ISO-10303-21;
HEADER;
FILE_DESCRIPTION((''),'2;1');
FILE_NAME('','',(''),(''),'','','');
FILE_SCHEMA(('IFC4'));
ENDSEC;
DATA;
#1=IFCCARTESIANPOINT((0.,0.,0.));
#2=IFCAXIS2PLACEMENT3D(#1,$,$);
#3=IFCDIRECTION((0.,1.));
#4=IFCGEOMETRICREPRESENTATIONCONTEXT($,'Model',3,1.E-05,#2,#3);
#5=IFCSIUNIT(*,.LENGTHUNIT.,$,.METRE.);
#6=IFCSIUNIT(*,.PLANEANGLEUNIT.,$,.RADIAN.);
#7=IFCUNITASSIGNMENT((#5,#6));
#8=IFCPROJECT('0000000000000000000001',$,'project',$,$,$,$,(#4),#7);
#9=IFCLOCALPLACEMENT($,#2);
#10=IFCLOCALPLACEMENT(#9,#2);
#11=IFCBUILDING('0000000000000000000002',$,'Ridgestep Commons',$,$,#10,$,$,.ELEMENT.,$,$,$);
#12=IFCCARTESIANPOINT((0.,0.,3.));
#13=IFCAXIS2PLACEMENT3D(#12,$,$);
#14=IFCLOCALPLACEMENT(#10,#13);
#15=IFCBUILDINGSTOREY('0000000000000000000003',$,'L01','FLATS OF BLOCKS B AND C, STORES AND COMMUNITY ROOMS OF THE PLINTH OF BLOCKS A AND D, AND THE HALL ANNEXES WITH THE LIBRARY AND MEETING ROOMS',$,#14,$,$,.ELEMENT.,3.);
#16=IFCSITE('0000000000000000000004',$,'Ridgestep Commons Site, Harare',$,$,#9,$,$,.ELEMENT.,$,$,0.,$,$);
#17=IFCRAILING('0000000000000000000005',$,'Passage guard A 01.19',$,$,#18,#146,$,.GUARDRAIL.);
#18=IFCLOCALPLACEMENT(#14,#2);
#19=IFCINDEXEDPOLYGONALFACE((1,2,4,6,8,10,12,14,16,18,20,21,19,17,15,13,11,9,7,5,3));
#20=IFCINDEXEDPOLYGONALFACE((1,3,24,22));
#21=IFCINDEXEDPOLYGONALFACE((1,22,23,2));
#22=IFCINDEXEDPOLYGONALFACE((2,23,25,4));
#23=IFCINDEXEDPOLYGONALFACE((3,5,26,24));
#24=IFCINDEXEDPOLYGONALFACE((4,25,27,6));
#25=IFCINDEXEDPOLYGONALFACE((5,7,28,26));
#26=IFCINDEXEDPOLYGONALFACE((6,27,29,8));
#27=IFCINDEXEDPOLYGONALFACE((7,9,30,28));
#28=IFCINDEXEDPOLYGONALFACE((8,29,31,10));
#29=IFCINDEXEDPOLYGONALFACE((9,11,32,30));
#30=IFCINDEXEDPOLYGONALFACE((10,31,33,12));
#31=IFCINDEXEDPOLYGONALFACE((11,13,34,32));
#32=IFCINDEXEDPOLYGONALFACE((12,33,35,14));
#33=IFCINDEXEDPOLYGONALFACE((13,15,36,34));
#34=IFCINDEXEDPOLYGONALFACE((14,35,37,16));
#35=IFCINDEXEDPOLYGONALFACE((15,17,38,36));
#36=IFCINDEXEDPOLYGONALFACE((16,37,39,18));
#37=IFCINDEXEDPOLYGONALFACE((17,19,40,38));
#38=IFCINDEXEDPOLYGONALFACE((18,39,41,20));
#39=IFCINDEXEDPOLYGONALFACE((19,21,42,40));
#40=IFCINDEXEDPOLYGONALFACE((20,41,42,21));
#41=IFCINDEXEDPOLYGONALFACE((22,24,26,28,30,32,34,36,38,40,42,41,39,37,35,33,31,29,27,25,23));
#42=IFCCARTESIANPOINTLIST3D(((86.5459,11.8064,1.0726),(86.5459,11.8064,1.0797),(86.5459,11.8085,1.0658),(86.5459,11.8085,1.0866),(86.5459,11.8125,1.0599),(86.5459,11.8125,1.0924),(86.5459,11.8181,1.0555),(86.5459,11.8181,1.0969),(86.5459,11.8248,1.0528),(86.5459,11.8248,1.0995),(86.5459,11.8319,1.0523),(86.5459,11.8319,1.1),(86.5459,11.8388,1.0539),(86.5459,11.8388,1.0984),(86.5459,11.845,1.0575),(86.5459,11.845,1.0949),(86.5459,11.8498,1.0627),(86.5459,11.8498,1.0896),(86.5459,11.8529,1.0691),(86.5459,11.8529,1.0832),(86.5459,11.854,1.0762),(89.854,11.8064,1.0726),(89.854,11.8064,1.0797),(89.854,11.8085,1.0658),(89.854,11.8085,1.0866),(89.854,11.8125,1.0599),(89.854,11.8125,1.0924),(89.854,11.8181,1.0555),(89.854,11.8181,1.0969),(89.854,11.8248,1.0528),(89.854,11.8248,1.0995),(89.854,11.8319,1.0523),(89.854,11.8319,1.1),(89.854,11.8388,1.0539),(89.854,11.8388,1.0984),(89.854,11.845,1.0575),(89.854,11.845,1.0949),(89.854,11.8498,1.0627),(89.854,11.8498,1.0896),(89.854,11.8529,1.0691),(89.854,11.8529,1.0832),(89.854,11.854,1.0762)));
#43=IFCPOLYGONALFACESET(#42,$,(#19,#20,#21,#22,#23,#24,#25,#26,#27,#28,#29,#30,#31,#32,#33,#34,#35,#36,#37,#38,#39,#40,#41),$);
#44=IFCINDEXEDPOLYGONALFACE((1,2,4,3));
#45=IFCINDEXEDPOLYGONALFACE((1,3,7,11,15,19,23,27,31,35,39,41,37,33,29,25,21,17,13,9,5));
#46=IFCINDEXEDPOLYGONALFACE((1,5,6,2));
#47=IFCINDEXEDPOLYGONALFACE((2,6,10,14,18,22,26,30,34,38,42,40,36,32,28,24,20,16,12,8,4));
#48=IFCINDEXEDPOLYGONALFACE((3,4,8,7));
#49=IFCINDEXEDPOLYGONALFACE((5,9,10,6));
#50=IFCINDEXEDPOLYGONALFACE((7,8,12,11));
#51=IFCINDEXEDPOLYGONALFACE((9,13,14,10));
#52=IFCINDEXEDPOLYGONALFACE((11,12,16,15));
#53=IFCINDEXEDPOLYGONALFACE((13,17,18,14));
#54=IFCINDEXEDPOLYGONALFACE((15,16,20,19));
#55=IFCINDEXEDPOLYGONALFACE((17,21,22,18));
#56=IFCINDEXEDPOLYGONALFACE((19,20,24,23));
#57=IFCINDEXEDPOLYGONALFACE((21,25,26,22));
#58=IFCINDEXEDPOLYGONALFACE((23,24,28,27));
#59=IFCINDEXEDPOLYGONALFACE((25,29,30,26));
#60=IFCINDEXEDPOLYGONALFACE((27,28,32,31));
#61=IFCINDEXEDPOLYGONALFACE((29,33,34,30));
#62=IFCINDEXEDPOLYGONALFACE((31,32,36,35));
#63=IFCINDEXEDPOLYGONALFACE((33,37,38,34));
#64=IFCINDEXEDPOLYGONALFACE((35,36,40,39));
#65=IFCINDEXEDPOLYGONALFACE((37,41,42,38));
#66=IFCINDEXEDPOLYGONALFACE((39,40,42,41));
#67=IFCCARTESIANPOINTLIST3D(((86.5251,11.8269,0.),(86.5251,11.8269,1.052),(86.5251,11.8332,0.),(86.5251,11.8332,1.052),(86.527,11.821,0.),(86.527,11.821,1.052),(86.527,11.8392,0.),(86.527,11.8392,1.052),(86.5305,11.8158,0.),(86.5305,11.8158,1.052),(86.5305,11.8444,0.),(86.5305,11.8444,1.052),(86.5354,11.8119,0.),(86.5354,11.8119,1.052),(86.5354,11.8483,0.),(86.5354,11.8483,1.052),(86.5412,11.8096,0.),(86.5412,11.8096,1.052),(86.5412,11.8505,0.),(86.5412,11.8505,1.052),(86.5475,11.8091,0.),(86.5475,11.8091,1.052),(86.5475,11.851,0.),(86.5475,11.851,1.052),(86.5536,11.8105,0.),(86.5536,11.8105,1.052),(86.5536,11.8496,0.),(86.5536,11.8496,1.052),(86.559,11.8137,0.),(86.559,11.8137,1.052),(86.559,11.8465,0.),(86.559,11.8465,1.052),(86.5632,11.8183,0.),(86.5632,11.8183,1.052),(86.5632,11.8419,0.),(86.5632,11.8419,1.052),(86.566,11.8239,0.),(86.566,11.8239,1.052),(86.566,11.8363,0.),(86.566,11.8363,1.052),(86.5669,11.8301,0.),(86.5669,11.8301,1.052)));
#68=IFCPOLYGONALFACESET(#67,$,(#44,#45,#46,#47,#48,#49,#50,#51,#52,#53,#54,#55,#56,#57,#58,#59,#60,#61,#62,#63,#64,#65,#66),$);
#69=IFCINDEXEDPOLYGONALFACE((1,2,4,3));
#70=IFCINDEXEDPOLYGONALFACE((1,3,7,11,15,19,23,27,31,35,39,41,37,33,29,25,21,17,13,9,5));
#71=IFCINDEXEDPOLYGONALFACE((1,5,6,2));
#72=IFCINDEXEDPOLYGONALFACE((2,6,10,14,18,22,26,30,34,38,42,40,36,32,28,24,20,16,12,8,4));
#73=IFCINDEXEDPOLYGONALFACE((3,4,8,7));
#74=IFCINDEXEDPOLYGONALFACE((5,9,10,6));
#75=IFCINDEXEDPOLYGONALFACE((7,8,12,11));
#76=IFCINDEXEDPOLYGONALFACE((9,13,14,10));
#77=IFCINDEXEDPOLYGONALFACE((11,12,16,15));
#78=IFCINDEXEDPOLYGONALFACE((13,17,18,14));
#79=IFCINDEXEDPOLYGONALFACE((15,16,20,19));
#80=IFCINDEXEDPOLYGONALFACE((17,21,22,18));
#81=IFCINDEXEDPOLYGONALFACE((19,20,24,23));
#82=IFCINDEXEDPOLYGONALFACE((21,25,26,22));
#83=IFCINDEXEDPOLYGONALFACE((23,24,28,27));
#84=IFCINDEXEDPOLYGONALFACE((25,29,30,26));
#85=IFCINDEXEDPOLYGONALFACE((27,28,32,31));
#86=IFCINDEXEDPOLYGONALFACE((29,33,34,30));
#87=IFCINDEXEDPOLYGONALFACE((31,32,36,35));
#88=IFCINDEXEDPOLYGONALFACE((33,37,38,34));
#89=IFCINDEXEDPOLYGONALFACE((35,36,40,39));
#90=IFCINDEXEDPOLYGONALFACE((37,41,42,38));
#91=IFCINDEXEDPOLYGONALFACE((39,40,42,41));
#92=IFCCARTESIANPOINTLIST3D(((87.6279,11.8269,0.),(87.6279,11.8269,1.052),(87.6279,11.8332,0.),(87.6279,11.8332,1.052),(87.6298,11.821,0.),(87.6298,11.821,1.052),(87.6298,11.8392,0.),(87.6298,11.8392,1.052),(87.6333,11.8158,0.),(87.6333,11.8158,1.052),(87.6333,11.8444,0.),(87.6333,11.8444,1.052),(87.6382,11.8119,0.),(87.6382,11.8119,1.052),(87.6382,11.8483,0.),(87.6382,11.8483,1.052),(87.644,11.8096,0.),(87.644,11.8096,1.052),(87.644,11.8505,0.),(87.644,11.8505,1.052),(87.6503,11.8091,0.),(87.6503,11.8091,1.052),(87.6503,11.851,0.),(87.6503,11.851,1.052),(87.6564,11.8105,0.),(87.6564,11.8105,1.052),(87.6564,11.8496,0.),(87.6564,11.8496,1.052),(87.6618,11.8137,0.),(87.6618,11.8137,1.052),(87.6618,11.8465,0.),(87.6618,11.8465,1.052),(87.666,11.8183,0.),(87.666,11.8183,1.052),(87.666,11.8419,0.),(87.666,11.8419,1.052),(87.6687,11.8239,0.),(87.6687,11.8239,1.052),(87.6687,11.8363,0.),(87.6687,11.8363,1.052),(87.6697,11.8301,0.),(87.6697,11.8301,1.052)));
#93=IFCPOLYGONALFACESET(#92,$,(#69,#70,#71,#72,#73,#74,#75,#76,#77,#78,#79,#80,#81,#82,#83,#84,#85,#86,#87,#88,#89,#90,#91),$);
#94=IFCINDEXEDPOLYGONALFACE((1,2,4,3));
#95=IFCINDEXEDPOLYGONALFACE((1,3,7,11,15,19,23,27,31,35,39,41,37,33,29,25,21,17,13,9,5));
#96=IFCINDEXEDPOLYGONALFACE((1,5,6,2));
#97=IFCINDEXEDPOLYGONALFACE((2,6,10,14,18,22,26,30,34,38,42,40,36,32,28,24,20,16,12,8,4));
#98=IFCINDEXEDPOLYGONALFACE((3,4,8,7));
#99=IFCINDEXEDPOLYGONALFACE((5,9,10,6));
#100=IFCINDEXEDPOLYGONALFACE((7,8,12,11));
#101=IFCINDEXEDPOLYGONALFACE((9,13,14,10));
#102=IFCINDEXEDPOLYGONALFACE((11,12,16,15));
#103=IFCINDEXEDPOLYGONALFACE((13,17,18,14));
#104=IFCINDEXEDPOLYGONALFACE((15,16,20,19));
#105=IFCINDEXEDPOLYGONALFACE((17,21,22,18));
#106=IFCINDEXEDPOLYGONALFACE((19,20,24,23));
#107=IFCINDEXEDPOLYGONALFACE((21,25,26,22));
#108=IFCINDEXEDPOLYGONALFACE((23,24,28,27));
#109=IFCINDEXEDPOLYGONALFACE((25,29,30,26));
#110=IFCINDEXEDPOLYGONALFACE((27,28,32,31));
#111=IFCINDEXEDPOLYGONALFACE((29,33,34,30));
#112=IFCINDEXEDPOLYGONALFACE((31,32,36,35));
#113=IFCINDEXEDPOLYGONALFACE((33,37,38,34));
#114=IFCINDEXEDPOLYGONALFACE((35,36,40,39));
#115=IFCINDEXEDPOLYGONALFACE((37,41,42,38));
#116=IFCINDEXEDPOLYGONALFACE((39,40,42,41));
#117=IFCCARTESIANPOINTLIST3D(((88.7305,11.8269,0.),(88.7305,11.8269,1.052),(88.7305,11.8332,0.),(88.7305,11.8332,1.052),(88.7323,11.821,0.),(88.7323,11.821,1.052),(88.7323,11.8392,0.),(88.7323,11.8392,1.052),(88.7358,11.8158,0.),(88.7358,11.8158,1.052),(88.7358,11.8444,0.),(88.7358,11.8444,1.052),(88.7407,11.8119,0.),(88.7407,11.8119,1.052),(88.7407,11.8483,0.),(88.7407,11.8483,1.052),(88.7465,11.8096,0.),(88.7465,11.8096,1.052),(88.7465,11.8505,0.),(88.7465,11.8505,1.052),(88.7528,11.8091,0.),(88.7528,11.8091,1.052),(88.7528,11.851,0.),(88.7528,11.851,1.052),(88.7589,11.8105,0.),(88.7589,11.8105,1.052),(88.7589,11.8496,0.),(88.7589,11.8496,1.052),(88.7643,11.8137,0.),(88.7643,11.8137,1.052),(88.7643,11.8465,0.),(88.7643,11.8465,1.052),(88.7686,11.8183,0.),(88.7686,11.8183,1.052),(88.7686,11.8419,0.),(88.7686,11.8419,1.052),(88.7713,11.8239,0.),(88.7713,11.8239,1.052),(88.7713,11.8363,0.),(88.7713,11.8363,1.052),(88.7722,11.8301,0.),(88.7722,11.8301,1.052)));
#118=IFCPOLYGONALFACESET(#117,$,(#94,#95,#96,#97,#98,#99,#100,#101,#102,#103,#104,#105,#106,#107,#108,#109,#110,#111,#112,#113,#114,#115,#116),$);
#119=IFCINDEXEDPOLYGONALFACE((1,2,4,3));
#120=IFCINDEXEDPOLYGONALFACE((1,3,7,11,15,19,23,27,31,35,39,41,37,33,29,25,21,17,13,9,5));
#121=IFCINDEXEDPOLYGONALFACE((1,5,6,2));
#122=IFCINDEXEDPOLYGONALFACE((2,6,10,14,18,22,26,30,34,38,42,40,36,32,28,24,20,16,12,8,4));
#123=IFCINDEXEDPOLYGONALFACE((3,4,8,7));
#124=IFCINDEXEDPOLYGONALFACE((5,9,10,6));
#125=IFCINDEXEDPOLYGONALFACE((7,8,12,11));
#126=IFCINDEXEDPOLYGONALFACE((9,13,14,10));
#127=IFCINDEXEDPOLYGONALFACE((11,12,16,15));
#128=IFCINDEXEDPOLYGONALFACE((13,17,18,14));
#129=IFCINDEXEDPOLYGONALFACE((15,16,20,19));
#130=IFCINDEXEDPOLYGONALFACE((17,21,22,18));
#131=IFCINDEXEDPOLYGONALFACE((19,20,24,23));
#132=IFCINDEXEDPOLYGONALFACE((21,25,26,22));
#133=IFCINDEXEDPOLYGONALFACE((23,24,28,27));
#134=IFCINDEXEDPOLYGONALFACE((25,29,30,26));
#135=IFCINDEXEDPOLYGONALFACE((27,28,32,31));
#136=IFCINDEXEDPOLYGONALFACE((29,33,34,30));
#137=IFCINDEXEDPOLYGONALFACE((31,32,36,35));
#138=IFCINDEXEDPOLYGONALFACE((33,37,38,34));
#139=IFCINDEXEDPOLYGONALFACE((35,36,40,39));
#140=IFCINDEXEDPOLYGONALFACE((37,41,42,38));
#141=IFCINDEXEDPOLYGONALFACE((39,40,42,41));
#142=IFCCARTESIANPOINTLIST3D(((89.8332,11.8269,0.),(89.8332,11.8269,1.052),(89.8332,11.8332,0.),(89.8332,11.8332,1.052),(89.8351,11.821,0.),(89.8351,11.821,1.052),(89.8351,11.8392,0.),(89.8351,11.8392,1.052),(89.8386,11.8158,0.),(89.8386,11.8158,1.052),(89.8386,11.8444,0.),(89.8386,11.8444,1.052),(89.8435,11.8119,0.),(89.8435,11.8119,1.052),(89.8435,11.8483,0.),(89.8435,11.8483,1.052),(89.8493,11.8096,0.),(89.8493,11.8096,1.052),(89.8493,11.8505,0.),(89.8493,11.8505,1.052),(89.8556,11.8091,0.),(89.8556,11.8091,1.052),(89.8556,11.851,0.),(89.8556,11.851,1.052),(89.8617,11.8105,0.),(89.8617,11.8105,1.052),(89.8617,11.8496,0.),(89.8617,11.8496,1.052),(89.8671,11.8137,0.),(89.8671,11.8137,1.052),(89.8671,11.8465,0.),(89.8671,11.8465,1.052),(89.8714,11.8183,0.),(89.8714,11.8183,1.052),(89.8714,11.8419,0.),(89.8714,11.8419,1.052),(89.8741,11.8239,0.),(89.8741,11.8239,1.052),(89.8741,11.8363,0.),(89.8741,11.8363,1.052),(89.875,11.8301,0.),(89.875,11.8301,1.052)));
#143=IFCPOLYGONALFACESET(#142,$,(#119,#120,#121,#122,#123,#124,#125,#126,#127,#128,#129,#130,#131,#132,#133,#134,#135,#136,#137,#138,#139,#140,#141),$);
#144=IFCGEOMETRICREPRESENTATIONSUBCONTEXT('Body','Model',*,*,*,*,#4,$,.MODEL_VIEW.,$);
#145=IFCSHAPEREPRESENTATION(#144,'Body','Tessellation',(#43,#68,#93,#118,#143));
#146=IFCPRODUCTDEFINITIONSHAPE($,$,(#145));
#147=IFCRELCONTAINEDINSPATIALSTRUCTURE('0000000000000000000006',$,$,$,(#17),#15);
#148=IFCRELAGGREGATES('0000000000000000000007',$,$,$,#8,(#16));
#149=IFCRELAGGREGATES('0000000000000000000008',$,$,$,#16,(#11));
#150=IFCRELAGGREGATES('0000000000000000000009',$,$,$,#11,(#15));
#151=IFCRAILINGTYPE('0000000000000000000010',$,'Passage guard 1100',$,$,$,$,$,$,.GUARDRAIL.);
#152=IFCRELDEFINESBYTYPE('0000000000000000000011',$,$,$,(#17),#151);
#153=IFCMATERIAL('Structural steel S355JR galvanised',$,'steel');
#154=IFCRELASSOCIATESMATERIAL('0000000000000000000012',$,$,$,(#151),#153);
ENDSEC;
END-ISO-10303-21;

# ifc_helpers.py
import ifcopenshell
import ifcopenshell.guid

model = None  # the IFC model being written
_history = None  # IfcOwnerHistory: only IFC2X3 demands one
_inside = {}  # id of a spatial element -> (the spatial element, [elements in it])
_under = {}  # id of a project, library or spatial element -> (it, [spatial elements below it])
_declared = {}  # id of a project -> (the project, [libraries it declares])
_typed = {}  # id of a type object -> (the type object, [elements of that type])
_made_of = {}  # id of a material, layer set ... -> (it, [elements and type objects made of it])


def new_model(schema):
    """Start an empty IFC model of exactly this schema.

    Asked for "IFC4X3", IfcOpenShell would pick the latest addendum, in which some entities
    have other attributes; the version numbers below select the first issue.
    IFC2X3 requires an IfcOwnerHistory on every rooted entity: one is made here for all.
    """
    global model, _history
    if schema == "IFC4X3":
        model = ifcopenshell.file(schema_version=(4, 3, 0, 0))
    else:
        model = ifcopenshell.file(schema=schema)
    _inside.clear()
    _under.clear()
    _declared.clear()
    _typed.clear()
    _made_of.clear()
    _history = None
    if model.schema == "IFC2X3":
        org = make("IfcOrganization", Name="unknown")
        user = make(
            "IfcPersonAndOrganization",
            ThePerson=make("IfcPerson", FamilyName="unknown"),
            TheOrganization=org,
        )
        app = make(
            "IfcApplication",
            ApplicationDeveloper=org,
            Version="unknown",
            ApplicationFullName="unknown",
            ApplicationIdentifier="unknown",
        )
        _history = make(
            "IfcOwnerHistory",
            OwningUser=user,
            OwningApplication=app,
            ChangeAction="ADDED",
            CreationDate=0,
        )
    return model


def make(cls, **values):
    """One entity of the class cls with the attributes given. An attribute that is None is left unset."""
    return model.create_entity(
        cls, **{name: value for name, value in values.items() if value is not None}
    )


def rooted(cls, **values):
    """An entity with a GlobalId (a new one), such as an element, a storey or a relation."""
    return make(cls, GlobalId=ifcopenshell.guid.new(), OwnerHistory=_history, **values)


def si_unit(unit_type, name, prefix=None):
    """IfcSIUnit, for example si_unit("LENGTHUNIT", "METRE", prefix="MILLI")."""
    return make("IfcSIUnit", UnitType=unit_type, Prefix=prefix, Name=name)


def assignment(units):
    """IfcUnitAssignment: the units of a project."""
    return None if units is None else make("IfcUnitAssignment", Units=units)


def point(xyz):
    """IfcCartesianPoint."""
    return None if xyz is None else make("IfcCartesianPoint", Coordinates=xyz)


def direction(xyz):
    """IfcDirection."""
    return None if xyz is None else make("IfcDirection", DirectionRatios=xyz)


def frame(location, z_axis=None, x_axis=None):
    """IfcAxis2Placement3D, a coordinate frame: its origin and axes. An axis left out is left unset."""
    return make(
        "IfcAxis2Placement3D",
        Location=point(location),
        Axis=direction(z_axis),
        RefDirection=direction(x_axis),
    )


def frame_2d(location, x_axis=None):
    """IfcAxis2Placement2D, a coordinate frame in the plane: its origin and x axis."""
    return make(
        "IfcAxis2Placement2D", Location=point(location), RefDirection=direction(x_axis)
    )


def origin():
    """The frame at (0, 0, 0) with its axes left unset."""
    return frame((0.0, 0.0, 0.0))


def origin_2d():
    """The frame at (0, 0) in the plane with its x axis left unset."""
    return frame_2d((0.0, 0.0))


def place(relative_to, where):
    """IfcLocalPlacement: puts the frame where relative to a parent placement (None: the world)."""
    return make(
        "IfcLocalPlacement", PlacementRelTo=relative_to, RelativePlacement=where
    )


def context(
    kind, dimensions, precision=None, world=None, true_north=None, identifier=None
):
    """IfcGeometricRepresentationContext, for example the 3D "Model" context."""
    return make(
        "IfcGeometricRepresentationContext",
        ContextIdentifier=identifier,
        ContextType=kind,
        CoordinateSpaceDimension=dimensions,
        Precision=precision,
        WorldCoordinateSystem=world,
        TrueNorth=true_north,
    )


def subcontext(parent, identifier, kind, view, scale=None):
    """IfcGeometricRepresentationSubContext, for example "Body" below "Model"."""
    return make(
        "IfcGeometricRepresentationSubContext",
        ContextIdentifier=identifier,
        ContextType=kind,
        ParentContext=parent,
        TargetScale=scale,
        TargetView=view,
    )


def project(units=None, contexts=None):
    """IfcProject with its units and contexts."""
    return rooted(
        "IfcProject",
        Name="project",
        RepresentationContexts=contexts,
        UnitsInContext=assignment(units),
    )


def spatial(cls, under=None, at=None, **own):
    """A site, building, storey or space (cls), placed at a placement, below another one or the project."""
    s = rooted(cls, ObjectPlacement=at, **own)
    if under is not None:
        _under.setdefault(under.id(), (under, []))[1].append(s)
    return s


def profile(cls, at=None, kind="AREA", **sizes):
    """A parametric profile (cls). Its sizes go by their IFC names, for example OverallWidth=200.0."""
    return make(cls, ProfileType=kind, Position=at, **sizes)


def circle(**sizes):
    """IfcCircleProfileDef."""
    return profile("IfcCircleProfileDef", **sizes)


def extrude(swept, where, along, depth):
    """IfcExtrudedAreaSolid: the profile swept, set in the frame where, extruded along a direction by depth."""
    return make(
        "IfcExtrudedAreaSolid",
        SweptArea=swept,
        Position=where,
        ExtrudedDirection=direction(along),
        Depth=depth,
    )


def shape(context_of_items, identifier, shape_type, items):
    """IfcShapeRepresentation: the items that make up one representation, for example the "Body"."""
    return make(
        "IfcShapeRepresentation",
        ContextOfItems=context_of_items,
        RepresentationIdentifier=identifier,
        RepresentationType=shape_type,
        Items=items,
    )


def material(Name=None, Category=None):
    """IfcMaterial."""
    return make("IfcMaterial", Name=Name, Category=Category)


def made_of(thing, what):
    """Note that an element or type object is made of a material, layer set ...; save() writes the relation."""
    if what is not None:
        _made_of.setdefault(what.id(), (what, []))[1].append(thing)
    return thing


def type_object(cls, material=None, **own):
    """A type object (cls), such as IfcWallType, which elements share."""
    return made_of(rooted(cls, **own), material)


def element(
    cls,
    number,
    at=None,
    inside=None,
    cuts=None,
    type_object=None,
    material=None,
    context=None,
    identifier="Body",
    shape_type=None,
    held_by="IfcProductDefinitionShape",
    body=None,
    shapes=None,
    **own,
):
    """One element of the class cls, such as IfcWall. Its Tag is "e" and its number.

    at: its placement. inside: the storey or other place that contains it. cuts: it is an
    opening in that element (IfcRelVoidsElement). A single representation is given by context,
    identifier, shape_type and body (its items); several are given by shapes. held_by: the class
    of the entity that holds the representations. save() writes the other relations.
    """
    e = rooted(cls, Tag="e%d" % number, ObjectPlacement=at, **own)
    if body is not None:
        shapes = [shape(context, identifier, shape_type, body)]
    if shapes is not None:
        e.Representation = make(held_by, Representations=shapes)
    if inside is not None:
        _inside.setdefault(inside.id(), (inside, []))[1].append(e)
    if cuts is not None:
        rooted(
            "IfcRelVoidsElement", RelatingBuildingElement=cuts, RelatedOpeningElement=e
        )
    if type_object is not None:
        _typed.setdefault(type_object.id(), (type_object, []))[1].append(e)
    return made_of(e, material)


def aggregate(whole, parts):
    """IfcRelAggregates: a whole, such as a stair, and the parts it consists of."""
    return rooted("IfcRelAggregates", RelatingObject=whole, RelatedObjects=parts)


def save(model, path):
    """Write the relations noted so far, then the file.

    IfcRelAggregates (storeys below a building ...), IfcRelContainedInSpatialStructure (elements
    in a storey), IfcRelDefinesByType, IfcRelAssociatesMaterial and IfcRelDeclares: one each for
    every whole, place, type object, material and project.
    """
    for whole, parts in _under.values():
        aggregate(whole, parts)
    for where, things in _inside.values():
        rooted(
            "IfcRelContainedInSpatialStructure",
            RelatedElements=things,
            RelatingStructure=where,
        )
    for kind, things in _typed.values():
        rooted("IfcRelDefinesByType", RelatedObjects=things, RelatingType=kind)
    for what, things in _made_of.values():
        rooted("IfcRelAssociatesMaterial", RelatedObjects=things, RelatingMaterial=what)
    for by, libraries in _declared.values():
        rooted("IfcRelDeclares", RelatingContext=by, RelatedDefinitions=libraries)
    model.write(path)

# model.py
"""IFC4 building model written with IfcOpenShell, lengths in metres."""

from ifc_helpers import new_model, si_unit, direction, frame, origin, origin_2d, place, context, subcontext, project, spatial, circle, extrude, material, type_object, element, save


model = new_model("IFC4")

# Units and contexts
model_context = context("Model", 3, precision=1e-05, world=origin(), true_north=direction((0.0, 1.0)))
body_context = subcontext(model_context, "Body", "Model", "MODEL_VIEW")
ifc_project = project(units=[si_unit("LENGTHUNIT", "METRE"), si_unit("PLANEANGLEUNIT", "RADIAN")], contexts=[model_context])

# Site, building, storey
site_placement = place(None, origin())
site = spatial("IfcSite", under=ifc_project, at=site_placement, Name="Ridgestep Commons Site, Harare", CompositionType="ELEMENT", RefElevation=0.0)
building_placement = place(site_placement, origin())
building = spatial("IfcBuilding", under=site, at=building_placement, Name="Ridgestep Commons", CompositionType="ELEMENT")
storey_placement = place(building_placement, frame((0.0, 0.0, 3.0)))
storey = spatial("IfcBuildingStorey", under=building, at=storey_placement, Name="L01", Description="FLATS OF BLOCKS B AND C, STORES AND COMMUNITY ROOMS OF THE PLINTH OF BLOCKS A AND D, AND THE HALL ANNEXES WITH THE LIBRARY AND MEETING ROOMS", CompositionType="ELEMENT", Elevation=3.0)

# Railing
ifc_material_1 = material(Name="Structural steel S355JR galvanised", Category="steel")
railing_type = type_object("IfcRailingType", Name="Passage guard 1100", PredefinedType="GUARDRAIL", material=ifc_material_1)
railing_1_placement = place(storey_placement, frame((86.5459, 11.8301, 0.0)))
element("IfcRailing", 1, at=railing_1_placement, inside=storey, type_object=railing_type, Name="Passage guard A 01.19", PredefinedType="GUARDRAIL", context=body_context, shape_type="SweptSolid", body=[
    extrude(circle(Radius=0.0239, at=origin_2d()), frame((0.0, 0.0, 1.0762), z_axis=(1.0, 0.0, 0.0), x_axis=(0.0, 1.0, 0.0)), (0.0, 0.0, 1.0), 3.3081),
    extrude(circle(Radius=0.021, at=origin_2d()), origin(), (0.0, 0.0, 1.0), 1.052),
    extrude(circle(Radius=0.021, at=origin_2d()), frame((1.1028, 0.0, 0.0)), (0.0, 0.0, 1.0), 1.052),
    extrude(circle(Radius=0.021, at=origin_2d()), frame((2.2053, 0.0, 0.0)), (0.0, 0.0, 1.0), 1.052),
    extrude(circle(Radius=0.021, at=origin_2d()), frame((3.3081, 0.0, 0.0)), (0.0, 0.0, 1.0), 1.052),
])

save(model, "model.ifc")
